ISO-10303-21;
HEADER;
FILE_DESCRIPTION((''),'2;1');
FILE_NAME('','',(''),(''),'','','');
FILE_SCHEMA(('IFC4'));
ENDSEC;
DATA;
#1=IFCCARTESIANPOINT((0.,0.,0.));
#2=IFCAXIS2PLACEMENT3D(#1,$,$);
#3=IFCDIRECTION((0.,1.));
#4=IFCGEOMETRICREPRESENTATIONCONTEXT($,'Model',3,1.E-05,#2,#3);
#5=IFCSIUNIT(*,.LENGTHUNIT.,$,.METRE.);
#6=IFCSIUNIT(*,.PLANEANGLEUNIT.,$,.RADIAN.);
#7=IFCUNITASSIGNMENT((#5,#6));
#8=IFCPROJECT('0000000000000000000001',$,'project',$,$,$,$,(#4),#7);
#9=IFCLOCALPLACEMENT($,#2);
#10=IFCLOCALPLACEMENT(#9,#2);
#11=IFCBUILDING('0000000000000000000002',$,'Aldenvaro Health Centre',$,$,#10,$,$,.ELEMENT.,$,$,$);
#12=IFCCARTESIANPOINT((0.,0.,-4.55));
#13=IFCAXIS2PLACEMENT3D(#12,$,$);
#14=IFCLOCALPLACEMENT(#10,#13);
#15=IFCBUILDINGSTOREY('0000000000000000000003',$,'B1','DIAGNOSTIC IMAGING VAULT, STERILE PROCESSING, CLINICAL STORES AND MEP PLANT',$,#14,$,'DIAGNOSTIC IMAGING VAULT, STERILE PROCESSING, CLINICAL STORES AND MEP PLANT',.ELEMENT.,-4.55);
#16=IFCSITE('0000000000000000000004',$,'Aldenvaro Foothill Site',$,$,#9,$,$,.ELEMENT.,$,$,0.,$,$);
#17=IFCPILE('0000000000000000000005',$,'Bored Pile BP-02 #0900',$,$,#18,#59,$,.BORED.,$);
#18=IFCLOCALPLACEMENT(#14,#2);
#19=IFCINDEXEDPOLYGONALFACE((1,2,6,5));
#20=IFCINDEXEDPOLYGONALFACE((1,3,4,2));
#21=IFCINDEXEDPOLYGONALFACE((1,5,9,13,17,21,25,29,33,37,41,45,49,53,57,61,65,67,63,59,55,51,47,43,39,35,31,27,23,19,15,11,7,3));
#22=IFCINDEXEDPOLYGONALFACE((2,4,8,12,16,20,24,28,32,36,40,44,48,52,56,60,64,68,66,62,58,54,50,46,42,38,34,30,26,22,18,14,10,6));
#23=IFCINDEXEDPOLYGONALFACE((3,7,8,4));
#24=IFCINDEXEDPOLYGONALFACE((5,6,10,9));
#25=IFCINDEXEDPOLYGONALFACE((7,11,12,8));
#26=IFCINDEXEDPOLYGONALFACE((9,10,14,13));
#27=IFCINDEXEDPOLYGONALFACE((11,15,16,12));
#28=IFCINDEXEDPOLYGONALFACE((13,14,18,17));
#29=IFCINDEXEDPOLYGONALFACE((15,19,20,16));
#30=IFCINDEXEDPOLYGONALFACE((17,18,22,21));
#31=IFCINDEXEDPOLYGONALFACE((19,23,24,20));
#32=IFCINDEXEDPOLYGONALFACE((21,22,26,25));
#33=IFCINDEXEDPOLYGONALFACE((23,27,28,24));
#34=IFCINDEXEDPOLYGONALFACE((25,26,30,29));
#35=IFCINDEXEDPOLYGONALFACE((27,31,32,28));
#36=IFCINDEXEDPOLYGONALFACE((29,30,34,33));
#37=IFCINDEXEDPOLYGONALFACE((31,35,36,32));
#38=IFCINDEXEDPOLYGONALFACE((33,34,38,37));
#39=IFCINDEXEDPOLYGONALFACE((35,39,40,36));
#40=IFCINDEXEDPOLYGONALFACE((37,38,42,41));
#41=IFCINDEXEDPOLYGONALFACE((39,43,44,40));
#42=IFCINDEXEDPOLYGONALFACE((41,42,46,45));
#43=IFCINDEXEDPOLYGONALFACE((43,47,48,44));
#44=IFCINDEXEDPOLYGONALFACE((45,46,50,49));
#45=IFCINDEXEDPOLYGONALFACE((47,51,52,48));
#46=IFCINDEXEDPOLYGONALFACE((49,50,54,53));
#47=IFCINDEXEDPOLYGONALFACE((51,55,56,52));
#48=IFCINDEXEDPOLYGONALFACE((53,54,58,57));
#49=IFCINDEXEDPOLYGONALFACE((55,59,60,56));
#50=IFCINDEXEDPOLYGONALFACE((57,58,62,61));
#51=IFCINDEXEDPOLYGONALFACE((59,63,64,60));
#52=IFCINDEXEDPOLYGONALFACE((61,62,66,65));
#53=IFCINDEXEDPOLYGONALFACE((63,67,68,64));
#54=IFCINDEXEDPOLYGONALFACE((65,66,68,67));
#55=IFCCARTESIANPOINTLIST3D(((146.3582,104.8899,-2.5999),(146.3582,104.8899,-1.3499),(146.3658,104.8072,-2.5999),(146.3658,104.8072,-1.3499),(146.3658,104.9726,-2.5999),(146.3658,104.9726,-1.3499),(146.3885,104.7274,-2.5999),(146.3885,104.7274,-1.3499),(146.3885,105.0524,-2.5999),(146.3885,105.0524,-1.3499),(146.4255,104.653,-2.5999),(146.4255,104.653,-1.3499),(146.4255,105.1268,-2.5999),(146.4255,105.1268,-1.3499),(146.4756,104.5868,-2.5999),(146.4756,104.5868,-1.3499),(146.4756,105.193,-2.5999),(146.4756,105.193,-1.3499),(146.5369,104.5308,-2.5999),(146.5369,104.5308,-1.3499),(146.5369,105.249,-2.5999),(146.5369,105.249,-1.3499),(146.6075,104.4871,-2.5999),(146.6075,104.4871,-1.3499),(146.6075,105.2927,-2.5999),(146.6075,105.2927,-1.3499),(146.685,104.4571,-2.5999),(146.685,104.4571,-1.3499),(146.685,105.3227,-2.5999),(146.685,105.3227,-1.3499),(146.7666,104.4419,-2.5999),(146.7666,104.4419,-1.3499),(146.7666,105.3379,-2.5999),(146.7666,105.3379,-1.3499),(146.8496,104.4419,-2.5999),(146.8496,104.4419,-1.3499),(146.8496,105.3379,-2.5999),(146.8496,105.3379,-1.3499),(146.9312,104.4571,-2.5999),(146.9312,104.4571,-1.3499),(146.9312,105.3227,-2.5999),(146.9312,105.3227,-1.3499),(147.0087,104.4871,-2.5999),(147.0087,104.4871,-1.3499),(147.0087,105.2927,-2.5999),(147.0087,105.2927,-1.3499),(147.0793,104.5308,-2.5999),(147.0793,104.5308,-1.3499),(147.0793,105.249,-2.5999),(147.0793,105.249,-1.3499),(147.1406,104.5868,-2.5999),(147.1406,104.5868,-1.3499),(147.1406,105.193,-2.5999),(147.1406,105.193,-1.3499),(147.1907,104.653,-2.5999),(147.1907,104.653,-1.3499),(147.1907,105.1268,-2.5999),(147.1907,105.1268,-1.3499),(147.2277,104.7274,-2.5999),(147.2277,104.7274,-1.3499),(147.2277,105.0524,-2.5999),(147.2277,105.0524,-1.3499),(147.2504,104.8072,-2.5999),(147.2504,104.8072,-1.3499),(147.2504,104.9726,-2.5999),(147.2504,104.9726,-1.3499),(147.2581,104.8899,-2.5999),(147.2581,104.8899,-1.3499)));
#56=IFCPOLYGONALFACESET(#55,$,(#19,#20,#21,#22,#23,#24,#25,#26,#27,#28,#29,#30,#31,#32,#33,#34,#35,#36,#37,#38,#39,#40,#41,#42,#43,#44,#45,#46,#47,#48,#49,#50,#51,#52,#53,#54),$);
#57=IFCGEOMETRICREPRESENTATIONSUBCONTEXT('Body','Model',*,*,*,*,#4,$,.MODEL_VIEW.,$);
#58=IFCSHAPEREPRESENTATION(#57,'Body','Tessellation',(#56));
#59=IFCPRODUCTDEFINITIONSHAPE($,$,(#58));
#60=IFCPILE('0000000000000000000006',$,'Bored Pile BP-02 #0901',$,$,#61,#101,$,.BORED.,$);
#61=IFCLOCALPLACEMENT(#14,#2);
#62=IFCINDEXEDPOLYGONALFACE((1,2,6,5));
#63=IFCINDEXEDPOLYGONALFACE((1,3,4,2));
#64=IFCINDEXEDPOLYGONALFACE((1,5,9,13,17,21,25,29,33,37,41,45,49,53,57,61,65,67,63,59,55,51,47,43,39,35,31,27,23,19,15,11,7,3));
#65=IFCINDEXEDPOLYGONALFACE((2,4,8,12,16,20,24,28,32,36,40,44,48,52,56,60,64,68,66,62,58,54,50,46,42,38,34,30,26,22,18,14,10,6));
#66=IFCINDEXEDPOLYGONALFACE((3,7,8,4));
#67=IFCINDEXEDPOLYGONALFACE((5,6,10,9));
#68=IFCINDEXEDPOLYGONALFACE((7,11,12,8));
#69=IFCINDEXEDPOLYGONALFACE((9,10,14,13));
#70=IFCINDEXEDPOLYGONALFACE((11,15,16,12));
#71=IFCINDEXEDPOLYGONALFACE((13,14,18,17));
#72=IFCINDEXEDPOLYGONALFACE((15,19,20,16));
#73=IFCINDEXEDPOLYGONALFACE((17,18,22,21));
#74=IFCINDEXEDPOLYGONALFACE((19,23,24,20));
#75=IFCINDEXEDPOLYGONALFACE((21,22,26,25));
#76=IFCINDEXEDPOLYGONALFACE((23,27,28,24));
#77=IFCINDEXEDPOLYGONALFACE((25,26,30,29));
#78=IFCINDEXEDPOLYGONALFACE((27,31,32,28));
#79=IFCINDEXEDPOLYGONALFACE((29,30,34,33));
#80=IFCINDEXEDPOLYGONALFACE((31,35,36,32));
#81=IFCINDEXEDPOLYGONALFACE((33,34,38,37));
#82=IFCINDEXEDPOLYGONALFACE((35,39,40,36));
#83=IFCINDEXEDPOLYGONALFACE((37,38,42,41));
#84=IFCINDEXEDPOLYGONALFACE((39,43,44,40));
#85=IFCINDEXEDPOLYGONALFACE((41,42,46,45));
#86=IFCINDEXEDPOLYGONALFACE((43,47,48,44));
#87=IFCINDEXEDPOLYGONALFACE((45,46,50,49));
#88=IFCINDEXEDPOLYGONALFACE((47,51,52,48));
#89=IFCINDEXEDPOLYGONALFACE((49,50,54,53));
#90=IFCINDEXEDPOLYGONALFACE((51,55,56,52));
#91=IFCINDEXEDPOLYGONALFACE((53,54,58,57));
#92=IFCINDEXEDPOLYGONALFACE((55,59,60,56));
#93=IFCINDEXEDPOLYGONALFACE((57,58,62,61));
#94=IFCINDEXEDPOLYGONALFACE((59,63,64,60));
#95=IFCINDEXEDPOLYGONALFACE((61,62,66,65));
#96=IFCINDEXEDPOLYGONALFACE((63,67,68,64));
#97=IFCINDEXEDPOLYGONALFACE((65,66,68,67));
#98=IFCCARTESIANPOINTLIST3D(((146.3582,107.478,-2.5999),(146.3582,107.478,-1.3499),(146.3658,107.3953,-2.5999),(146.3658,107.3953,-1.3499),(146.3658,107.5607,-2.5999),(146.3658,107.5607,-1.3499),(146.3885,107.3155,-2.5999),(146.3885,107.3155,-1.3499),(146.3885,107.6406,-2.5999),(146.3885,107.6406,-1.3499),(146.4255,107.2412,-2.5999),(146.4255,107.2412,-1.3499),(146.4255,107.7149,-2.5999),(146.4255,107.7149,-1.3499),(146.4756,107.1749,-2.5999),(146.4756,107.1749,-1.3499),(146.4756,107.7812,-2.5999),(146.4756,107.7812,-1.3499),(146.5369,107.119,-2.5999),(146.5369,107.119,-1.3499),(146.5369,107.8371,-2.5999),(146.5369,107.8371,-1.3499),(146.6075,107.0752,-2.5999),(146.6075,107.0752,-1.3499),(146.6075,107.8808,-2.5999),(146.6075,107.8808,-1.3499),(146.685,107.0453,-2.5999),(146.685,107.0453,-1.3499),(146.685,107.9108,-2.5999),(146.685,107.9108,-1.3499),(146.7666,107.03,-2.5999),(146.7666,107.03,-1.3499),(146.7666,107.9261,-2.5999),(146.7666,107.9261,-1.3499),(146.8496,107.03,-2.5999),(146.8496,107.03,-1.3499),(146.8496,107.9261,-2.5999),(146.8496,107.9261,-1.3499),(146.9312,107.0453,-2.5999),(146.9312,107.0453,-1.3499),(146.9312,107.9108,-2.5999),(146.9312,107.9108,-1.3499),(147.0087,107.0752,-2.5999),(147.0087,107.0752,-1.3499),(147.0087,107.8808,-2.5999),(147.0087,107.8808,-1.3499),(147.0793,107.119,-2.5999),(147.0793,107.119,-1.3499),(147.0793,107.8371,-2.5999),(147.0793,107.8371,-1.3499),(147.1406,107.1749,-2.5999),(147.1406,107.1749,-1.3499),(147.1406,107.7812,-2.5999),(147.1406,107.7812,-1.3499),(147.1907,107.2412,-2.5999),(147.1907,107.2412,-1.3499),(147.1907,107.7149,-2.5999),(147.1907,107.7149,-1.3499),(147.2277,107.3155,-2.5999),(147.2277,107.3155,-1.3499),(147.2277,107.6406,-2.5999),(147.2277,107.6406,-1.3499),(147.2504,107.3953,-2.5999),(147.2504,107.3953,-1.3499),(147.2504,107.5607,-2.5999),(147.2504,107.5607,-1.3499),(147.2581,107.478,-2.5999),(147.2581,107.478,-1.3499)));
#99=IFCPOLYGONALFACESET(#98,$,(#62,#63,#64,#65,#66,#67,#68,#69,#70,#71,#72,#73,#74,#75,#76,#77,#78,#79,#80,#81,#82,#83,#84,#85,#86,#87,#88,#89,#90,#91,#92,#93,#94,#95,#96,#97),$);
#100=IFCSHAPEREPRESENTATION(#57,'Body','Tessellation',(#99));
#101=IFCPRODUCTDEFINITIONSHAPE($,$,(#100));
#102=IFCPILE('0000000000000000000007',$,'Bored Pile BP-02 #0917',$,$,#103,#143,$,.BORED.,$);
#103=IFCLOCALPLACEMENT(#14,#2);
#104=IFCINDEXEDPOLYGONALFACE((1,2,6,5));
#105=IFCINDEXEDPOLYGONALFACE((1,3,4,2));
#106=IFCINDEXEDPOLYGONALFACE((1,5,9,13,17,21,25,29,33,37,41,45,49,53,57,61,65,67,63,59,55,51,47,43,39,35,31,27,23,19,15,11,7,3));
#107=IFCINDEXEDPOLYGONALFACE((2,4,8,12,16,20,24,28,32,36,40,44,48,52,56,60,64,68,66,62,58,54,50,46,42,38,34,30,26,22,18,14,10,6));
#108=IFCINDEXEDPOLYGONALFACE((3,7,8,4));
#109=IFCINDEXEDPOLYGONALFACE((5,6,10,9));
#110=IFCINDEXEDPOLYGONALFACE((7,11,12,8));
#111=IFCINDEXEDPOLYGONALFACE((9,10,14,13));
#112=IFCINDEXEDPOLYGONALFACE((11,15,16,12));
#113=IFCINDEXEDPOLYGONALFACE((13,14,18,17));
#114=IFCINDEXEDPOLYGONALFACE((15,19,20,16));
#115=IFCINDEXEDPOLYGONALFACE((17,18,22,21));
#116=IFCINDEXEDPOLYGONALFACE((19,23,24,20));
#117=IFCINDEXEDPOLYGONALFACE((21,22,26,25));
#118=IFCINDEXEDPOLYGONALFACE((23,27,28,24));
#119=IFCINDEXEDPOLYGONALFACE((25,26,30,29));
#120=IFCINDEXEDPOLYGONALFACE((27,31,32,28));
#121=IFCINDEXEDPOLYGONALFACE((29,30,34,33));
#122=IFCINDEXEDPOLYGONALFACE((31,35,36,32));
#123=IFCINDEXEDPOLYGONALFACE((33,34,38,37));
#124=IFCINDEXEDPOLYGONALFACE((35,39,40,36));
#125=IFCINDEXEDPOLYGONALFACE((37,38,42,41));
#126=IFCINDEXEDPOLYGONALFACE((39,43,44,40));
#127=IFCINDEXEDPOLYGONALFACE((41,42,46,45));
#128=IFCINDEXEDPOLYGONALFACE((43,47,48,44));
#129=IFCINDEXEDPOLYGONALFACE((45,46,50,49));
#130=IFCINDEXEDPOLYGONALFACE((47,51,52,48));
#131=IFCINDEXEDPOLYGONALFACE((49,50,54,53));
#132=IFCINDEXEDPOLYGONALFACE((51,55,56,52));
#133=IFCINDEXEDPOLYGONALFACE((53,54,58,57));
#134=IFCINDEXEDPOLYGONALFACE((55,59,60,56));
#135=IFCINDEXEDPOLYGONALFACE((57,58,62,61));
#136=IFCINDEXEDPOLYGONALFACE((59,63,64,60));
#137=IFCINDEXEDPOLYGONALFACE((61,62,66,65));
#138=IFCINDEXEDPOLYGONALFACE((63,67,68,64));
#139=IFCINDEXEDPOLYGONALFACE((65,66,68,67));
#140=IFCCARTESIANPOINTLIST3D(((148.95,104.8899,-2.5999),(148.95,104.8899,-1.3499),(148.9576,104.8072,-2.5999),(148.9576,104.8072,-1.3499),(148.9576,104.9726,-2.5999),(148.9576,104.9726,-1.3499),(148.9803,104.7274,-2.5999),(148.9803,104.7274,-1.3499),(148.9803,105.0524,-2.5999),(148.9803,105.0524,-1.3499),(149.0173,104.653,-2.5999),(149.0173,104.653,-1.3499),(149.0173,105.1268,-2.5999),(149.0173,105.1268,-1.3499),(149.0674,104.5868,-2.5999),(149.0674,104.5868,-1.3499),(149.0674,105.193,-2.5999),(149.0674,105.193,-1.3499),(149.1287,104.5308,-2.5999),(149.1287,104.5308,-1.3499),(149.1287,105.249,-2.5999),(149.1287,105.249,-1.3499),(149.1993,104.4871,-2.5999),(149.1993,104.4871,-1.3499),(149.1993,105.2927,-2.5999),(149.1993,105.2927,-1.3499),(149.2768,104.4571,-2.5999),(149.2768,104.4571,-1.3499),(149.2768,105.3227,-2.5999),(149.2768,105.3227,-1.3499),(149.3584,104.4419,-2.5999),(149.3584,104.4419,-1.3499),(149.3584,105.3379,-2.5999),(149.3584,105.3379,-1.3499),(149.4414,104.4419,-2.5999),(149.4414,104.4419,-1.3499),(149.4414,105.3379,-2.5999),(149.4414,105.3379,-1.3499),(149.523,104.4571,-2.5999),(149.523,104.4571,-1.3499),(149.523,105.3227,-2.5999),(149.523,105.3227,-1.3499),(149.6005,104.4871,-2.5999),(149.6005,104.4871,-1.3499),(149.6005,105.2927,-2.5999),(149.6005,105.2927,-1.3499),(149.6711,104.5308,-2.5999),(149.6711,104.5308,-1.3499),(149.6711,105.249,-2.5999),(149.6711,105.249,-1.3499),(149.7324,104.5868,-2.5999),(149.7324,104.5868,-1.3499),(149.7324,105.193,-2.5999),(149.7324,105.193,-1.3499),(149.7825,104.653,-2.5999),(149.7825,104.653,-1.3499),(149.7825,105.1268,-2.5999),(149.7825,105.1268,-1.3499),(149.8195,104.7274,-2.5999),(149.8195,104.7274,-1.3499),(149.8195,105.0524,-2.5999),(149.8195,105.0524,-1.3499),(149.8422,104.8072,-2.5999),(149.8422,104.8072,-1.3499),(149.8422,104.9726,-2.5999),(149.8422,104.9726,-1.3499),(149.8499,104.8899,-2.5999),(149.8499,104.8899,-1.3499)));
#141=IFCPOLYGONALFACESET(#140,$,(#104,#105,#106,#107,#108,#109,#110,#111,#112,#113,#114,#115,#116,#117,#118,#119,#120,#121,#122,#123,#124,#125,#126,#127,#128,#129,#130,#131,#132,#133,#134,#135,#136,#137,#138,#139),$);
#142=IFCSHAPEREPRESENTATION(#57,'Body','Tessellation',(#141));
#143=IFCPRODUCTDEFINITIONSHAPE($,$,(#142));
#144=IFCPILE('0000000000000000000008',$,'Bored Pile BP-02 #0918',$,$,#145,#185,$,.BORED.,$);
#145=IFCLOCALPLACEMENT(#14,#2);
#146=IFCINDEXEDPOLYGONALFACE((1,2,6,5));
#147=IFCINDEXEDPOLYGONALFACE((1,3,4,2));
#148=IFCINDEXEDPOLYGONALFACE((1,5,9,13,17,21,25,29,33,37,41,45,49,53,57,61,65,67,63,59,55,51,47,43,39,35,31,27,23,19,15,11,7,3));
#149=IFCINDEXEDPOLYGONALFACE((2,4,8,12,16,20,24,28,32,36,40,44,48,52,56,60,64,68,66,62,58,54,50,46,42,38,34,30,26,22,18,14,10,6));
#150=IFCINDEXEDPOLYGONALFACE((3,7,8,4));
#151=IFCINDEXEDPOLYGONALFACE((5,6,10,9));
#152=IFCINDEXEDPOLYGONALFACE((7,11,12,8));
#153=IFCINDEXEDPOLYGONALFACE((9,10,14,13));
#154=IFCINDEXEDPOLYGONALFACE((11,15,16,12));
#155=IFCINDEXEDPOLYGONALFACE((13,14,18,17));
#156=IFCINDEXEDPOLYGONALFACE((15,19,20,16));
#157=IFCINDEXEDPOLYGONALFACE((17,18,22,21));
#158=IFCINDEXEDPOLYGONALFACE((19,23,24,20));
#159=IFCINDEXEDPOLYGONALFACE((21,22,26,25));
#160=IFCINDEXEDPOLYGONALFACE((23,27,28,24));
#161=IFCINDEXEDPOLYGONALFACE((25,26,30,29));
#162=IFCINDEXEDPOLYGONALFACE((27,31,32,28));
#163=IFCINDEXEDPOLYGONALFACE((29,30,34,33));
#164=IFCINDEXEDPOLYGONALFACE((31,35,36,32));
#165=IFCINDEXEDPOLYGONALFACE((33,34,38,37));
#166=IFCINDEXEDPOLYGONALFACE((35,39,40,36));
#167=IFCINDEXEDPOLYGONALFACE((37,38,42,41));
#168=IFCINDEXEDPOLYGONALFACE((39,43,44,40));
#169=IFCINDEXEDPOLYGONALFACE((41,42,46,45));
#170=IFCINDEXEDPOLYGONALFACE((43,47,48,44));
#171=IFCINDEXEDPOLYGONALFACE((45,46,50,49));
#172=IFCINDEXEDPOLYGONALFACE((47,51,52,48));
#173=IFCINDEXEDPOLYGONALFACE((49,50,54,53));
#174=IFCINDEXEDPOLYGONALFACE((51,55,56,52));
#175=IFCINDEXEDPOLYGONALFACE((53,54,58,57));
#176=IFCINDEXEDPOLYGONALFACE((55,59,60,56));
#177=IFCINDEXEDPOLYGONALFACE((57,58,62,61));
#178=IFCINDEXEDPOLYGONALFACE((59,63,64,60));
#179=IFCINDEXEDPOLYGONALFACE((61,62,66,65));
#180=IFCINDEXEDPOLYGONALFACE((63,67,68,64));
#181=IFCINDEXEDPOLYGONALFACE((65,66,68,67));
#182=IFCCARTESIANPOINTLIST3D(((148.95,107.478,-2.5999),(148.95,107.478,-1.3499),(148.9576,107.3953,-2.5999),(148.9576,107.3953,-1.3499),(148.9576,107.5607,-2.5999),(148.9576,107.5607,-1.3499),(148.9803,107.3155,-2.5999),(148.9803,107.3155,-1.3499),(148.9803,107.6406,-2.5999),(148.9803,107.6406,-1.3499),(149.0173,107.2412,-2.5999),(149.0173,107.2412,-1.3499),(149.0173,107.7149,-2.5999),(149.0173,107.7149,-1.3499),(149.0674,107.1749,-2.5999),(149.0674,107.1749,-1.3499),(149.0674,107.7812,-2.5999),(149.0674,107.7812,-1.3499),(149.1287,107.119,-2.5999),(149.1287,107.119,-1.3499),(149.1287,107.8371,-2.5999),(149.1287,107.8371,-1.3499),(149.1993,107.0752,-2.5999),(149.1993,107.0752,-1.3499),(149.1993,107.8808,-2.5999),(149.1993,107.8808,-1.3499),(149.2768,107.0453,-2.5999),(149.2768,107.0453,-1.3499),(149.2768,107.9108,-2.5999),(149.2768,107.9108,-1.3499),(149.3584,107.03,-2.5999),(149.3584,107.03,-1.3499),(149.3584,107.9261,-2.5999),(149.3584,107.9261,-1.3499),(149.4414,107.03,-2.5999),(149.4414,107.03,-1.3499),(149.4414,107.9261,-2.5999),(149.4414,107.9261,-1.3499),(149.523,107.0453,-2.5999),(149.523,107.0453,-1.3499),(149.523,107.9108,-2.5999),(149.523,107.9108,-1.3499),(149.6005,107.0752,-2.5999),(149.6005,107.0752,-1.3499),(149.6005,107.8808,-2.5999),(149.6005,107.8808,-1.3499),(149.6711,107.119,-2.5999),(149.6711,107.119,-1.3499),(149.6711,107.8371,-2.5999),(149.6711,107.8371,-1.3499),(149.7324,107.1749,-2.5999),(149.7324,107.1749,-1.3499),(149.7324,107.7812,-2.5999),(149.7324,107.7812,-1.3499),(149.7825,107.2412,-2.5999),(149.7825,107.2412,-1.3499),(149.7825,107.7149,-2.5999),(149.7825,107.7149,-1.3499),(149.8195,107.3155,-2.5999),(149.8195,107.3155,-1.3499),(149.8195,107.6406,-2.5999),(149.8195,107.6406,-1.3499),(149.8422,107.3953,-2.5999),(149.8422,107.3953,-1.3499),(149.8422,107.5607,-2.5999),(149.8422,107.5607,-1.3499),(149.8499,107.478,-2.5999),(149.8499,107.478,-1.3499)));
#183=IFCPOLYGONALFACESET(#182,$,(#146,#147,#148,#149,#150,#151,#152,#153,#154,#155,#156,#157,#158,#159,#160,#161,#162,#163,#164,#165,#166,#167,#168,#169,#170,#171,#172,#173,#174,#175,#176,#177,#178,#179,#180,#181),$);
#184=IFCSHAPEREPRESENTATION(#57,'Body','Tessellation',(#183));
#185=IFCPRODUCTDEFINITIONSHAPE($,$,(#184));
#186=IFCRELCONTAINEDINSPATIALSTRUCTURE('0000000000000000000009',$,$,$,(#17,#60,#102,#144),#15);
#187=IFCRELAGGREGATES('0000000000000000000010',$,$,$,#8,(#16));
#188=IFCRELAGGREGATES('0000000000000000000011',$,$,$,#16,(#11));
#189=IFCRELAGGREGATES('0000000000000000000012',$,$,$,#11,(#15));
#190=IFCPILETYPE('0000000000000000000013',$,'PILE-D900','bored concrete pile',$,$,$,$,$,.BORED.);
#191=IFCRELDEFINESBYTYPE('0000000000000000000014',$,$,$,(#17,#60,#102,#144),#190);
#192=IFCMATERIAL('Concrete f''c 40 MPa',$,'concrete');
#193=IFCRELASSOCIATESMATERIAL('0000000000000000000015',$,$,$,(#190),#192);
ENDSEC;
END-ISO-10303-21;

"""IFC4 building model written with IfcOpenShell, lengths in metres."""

from ifc_helpers import new_model, si_unit, direction, frame, origin, origin_2d, place, context, subcontext, project, spatial, circle, extrude, material, material_profile, profile_set, type_object, element, save


model = new_model("IFC4")

# Units and contexts
model_context = context("Model", 3, precision=1e-05, world=origin(), true_north=direction((0.0, 1.0)))
body_context = subcontext(model_context, "Body", "Model", "MODEL_VIEW")
ifc_project = project(units=[si_unit("LENGTHUNIT", "METRE"), si_unit("PLANEANGLEUNIT", "RADIAN")], contexts=[model_context])

# Site, building, storey
site_placement = place(None, origin())
site = spatial("IfcSite", under=ifc_project, at=site_placement, Name="Aldenvaro Foothill Site", CompositionType="ELEMENT", RefElevation=0.0)
building_placement = place(site_placement, origin())
building = spatial("IfcBuilding", under=site, at=building_placement, Name="Aldenvaro Health Centre", CompositionType="ELEMENT")
storey_placement = place(building_placement, frame((0.0, 0.0, -4.55)))
storey = spatial("IfcBuildingStorey", under=building, at=storey_placement, Name="B1", Description="DIAGNOSTIC IMAGING VAULT, STERILE PROCESSING, CLINICAL STORES AND MEP PLANT", LongName="DIAGNOSTIC IMAGING VAULT, STERILE PROCESSING, CLINICAL STORES AND MEP PLANT", CompositionType="ELEMENT", Elevation=-4.55)

# Piles
ifc_material_1 = material(Name="Concrete f'c 40 MPa", Category="concrete")
ifc_material_profile_1 = material_profile(ifc_material_1, circle(Radius=0.45, at=origin_2d()), Name="PILE D900", Category="concrete")
ifc_profile_set_1 = profile_set([ifc_material_profile_1], Name="Concrete f'c 40 MPa")
pile_type = type_object("IfcPileType", Name="PILE-D900", Description="bored concrete pile", PredefinedType="BORED", material=ifc_profile_set_1)
for number, where, z_axis, x_axis, name in (
    (1, (146.8081, 104.8899, -1.3499), (0.0, 0.0, -1.0), (1.0, 0.0, 0.0), "Bored Pile BP-02 #0900"),
    (2, (146.8081, 107.478, -1.3499), (0.0, 0.0, -1.0), (1.0, 0.0, 0.0), "Bored Pile BP-02 #0901"),
    (3, (149.3999, 104.8899, -1.3499), (0.0, 0.0, -1.0), (1.0, 0.0, 0.0), "Bored Pile BP-02 #0917"),
    (4, (149.3999, 107.478, -1.3499), (0.0, 0.0, -1.0), (1.0, 0.0, 0.0), "Bored Pile BP-02 #0918"),
):
    element("IfcPile", number, at=place(storey_placement, frame(where, z_axis=z_axis, x_axis=x_axis)), inside=storey, type_object=pile_type, Name=name, PredefinedType="BORED", context=body_context, shape_type="SweptSolid", body=[
        extrude(circle(Radius=0.45, at=origin_2d()), origin(), (0.0, 0.0, 1.0), 1.25),
    ])

save(model, "model.ifc")
